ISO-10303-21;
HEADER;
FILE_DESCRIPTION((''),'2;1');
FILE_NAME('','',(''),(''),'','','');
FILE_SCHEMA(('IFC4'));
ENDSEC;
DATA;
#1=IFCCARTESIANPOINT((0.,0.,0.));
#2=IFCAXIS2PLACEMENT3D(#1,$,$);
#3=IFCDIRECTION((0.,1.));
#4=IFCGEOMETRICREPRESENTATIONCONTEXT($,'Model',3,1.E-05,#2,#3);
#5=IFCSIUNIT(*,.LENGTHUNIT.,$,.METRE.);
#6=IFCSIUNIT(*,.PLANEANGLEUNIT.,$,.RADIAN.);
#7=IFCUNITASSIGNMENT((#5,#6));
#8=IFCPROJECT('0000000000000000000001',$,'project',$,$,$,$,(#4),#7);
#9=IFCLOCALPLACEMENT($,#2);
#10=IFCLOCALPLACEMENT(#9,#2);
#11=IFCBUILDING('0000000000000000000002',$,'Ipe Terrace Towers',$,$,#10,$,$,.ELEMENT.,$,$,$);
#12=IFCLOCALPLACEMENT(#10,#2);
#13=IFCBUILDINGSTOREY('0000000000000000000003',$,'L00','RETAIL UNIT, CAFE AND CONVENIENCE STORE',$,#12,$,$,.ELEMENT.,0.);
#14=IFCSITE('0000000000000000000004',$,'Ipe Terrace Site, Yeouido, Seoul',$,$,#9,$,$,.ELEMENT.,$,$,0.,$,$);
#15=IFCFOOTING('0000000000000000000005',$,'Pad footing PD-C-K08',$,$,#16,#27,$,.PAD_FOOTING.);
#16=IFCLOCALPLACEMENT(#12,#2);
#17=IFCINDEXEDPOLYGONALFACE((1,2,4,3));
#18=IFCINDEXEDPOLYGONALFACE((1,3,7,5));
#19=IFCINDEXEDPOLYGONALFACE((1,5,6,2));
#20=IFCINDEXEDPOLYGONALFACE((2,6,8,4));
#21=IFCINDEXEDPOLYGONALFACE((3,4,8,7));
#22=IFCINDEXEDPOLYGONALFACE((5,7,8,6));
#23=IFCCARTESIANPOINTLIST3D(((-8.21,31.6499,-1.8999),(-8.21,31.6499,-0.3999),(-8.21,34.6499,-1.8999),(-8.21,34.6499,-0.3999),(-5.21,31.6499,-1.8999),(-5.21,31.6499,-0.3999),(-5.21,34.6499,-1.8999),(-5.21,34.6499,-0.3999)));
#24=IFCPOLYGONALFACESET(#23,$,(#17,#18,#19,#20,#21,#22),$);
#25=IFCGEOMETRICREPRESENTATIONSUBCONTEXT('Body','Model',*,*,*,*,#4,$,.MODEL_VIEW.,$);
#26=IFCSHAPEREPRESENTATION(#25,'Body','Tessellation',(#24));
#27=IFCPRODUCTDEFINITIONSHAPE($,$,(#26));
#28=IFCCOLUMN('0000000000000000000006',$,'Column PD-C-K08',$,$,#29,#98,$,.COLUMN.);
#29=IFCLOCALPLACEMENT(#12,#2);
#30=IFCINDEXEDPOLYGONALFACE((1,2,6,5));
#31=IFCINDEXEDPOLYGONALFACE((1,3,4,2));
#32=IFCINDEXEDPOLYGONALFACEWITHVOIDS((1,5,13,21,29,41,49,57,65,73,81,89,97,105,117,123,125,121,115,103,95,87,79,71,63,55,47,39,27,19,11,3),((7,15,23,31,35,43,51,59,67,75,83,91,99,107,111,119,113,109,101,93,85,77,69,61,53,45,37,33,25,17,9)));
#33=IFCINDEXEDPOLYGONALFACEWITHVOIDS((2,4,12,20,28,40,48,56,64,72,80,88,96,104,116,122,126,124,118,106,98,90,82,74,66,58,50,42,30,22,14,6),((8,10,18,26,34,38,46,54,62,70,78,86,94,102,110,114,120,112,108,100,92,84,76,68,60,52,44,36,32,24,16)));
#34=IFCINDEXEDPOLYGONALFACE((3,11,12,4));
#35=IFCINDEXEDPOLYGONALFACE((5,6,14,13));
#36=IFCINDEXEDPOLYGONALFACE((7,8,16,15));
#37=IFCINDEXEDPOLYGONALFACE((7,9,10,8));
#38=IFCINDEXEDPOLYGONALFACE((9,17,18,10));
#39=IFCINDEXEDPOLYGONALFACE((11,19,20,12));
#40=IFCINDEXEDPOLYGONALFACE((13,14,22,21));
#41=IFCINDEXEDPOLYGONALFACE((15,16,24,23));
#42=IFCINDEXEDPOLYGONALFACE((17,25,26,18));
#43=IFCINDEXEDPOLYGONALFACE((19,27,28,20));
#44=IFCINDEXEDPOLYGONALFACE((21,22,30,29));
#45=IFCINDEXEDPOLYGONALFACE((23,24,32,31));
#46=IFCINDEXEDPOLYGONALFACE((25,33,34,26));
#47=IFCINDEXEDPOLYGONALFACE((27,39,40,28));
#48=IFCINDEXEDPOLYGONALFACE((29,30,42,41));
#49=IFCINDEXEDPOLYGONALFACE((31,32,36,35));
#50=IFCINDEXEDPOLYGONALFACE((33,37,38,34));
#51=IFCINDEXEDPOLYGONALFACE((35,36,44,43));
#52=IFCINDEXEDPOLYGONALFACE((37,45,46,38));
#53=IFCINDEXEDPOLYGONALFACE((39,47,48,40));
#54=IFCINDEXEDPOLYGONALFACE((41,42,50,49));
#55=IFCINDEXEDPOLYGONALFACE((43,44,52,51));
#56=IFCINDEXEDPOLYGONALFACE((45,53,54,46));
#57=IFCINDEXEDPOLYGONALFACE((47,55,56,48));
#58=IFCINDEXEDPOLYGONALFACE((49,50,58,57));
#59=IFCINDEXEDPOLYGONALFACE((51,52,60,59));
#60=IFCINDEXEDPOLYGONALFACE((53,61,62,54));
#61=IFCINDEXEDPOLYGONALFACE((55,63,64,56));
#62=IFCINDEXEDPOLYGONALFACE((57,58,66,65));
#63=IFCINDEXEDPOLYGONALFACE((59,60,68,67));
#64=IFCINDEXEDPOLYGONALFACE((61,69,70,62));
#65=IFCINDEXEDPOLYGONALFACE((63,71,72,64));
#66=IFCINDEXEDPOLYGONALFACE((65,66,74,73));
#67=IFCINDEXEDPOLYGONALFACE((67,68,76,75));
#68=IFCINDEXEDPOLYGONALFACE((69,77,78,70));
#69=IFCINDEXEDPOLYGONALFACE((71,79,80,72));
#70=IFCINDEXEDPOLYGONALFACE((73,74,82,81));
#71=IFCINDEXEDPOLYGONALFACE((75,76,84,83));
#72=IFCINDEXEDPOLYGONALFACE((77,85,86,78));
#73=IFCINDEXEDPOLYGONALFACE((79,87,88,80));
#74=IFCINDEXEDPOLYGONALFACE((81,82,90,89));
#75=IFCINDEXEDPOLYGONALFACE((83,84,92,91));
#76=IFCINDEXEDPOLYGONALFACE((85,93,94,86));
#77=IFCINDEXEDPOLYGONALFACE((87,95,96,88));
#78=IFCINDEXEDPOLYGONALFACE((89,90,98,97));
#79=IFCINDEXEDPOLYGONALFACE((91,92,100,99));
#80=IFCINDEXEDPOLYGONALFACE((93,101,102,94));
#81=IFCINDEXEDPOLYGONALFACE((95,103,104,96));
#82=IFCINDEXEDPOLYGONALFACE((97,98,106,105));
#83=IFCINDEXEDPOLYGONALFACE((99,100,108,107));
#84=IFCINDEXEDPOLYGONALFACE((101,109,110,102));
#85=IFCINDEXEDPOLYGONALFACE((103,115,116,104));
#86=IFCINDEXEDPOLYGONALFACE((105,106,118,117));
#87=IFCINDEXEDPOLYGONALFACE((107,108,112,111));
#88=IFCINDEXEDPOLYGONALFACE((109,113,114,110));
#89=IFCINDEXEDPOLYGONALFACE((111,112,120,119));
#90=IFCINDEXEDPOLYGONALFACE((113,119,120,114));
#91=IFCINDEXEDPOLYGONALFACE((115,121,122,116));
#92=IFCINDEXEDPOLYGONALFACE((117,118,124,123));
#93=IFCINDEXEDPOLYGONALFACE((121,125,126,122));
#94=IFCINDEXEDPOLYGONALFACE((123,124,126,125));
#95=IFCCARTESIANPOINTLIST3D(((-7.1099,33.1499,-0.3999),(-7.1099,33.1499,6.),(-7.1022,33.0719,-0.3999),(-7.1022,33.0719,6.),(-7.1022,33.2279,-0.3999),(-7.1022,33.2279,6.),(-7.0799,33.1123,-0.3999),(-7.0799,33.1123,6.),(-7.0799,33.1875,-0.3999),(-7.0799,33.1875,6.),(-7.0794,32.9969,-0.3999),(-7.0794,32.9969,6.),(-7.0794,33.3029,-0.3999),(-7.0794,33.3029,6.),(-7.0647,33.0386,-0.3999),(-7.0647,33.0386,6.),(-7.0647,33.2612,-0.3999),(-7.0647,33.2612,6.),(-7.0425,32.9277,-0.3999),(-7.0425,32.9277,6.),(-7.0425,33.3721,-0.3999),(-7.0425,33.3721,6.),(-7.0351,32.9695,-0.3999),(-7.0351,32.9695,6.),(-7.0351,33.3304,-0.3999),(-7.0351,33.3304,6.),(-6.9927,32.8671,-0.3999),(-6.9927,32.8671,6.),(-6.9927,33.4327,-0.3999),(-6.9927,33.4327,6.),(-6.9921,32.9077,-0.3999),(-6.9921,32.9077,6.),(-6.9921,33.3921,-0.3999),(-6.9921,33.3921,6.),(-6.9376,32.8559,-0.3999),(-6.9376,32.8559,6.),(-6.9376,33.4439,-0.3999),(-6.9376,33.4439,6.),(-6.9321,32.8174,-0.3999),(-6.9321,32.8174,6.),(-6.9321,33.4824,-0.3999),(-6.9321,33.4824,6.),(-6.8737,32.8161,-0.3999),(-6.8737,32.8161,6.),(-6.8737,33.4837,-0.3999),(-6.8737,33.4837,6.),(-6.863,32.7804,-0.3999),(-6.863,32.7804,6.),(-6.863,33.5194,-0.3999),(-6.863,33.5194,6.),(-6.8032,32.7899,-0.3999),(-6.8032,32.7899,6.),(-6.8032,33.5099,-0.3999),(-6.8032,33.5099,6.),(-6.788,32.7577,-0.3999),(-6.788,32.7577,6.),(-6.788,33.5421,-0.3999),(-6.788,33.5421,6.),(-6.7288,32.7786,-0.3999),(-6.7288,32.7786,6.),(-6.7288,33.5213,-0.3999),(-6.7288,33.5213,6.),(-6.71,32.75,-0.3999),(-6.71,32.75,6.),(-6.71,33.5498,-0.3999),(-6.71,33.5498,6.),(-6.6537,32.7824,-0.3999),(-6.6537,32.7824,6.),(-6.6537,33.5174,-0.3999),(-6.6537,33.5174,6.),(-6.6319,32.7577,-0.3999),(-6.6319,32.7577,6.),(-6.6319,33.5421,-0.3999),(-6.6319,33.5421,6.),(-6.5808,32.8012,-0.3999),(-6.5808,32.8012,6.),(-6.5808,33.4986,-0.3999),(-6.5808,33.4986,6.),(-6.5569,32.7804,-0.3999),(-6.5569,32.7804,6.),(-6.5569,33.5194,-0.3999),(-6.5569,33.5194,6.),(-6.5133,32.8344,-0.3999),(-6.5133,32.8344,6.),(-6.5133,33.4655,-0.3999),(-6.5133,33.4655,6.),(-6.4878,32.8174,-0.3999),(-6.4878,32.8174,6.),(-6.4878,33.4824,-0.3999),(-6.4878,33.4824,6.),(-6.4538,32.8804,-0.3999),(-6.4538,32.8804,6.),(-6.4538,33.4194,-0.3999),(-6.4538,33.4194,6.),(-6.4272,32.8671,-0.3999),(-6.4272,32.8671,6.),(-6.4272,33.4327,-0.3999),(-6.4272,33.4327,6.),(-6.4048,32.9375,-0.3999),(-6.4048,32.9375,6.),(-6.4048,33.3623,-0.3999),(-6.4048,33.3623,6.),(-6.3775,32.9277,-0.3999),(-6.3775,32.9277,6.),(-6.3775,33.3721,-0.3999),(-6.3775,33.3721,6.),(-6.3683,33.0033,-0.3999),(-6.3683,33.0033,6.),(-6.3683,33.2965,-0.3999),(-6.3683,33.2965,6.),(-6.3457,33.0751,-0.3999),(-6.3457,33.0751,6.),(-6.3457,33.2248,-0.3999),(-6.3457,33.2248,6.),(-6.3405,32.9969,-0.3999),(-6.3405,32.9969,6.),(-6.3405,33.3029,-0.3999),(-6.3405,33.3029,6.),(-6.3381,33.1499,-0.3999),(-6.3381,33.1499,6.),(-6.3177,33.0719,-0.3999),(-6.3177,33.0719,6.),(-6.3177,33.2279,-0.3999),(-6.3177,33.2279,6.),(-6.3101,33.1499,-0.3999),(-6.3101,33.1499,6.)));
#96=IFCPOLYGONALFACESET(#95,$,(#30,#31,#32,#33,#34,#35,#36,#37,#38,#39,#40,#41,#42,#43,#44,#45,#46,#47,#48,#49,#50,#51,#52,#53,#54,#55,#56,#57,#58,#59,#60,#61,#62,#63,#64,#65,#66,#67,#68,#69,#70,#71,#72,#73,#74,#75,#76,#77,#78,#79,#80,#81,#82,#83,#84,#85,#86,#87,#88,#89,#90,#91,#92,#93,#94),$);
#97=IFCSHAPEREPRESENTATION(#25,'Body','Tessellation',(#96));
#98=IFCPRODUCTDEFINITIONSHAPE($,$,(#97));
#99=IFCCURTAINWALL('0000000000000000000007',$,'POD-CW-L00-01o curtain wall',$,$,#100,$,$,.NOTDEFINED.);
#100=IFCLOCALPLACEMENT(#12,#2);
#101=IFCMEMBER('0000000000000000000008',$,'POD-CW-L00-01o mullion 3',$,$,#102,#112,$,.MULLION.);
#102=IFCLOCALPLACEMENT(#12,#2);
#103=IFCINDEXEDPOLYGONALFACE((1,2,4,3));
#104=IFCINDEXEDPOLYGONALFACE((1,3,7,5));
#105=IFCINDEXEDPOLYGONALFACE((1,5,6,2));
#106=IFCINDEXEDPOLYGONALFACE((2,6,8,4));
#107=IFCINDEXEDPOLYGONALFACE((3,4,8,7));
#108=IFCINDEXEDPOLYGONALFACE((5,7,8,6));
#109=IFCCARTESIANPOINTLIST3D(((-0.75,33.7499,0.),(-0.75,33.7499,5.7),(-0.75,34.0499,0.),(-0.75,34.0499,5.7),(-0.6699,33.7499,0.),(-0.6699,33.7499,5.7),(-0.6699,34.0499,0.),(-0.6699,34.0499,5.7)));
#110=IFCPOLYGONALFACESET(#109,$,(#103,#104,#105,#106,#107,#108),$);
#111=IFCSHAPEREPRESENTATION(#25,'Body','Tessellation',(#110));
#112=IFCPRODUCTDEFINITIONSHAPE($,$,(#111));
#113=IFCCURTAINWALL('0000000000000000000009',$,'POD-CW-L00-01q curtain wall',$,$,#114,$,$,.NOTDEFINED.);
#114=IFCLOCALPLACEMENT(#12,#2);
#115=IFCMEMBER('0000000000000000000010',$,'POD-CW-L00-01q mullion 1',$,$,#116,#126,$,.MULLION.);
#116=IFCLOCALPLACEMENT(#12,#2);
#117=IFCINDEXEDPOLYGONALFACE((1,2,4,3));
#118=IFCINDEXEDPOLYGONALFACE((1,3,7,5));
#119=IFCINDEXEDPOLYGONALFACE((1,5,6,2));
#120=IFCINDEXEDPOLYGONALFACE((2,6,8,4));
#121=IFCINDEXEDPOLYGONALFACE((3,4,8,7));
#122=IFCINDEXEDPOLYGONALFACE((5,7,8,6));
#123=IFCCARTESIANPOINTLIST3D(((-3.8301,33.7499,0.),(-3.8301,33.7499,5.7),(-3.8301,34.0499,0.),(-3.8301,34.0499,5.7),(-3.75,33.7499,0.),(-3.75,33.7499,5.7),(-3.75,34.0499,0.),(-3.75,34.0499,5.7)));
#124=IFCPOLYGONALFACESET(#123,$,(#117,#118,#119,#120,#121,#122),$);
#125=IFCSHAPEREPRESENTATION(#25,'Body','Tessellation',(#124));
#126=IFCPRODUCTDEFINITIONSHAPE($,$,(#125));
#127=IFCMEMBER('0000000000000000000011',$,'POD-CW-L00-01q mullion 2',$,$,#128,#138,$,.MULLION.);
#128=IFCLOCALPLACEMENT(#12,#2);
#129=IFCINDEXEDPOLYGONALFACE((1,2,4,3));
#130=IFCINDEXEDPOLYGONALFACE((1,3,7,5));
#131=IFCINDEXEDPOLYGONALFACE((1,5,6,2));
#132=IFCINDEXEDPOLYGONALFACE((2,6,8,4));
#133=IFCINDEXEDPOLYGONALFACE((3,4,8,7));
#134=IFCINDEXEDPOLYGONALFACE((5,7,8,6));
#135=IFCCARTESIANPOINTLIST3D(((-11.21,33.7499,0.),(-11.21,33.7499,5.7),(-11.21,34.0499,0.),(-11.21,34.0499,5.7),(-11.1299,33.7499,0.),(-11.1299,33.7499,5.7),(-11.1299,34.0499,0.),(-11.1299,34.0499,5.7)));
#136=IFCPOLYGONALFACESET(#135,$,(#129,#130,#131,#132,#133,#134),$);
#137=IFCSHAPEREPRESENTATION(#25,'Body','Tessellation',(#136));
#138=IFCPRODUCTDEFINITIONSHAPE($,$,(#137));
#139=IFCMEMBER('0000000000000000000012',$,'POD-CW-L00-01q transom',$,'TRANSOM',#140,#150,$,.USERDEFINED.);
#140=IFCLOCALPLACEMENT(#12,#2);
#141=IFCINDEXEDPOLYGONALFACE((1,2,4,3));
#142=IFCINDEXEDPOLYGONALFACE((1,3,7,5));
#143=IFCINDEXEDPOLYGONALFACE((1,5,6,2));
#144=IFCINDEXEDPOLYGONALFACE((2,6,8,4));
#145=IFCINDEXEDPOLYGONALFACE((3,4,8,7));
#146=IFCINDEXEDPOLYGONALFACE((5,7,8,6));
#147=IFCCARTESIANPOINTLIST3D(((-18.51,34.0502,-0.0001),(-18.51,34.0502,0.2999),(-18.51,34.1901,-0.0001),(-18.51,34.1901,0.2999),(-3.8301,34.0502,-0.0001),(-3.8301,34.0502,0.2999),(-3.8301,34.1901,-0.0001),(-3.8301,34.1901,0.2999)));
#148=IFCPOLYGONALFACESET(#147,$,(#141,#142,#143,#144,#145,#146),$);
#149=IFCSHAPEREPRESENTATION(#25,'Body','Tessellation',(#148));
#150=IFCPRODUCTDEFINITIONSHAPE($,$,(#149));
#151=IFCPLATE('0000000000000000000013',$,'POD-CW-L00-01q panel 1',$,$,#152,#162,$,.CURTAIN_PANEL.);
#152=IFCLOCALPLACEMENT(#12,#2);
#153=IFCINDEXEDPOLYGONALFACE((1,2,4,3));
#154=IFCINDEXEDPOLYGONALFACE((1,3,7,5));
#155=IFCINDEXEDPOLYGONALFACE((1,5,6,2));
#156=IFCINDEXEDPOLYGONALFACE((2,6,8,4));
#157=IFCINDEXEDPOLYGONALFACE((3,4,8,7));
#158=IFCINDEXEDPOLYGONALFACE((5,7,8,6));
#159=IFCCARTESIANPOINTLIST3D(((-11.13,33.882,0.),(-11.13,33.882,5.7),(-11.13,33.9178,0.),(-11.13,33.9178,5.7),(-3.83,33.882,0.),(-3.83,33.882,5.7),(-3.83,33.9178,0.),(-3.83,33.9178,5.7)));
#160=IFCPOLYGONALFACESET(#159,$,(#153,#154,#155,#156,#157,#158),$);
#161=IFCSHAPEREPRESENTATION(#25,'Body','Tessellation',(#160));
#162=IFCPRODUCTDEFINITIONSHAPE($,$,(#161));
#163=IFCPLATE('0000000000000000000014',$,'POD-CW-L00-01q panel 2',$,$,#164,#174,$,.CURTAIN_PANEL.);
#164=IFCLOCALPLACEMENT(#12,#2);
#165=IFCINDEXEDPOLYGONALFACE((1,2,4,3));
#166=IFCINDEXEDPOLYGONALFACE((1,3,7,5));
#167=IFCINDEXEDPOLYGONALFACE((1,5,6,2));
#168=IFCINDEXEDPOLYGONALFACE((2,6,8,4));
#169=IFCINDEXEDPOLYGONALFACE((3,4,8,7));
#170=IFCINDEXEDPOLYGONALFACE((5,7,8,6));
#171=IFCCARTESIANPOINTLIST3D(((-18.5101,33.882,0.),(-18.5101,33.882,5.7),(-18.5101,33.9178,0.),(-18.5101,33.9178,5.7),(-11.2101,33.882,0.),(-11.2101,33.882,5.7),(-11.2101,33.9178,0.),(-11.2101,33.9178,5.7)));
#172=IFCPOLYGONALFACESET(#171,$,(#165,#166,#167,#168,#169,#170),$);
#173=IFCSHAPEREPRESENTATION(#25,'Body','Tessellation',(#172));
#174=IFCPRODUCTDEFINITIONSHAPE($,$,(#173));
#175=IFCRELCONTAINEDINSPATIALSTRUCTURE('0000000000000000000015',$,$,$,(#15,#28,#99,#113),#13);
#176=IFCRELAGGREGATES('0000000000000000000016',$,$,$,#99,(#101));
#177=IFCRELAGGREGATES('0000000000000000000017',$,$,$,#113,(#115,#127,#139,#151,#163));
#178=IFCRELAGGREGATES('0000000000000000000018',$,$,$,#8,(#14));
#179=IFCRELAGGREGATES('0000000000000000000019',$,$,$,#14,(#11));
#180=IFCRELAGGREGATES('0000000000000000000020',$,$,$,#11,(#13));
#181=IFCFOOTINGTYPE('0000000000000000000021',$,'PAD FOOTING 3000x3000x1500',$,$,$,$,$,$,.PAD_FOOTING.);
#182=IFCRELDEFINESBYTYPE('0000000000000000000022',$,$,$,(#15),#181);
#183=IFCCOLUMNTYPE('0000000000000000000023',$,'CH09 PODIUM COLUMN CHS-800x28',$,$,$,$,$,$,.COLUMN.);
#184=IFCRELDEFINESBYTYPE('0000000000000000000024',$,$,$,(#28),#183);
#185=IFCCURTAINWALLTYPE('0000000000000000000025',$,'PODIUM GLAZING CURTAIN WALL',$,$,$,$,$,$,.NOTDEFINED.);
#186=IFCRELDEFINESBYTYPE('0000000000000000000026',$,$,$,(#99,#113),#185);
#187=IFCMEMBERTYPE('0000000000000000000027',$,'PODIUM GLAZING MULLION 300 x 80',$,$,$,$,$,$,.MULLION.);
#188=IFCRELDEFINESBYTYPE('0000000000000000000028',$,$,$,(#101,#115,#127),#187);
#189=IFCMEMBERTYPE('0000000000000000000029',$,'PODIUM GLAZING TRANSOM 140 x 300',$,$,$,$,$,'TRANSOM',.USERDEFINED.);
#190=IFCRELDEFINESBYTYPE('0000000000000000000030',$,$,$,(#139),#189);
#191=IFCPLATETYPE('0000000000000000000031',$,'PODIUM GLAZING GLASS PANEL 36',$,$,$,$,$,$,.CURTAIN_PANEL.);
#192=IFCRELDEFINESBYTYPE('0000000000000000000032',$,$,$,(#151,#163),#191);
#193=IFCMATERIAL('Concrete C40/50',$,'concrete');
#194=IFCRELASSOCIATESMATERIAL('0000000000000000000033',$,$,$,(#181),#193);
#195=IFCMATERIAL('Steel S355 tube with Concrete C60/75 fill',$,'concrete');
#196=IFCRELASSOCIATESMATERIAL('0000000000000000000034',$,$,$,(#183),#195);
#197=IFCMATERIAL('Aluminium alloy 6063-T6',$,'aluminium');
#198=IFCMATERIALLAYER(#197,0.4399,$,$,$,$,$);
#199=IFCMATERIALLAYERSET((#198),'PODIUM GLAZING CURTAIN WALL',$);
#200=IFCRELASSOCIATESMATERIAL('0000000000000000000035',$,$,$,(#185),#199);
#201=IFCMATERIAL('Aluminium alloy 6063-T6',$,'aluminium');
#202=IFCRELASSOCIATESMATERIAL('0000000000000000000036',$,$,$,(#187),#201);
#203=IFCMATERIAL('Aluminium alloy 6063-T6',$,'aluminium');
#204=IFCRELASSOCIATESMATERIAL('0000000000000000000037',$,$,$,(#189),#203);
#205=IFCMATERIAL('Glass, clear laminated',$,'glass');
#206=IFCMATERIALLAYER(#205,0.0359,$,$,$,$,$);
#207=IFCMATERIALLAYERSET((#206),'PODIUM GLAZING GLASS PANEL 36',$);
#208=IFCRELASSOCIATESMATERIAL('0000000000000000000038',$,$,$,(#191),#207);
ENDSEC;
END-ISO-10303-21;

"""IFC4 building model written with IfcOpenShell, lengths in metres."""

from ifc_helpers import new_model, si_unit, direction, frame, origin, origin_2d, place, context, subcontext, project, spatial, rectangle, hollow_circle, extrude, material, layer, layer_set, material_profile, profile_set, type_object, element, aggregate, save


model = new_model("IFC4")

# Units and contexts
model_context = context("Model", 3, precision=1e-05, world=origin(), true_north=direction((0.0, 1.0)))
body_context = subcontext(model_context, "Body", "Model", "MODEL_VIEW")
ifc_project = project(units=[si_unit("LENGTHUNIT", "METRE"), si_unit("PLANEANGLEUNIT", "RADIAN")], contexts=[model_context])

# Site, building, storey
site_placement = place(None, origin())
site = spatial("IfcSite", under=ifc_project, at=site_placement, Name="Ipe Terrace Site, Yeouido, Seoul", CompositionType="ELEMENT", RefElevation=0.0)
building_placement = place(site_placement, origin())
building = spatial("IfcBuilding", under=site, at=building_placement, Name="Ipe Terrace Towers", CompositionType="ELEMENT")
storey_placement = place(building_placement, origin())
storey = spatial("IfcBuildingStorey", under=building, at=storey_placement, Name="L00", Description="RETAIL UNIT, CAFE AND CONVENIENCE STORE", CompositionType="ELEMENT", Elevation=0.0)

# Footing
ifc_material_1 = material(Name="Concrete C40/50", Category="concrete")
footing_type = type_object("IfcFootingType", Name="PAD FOOTING 3000x3000x1500", PredefinedType="PAD_FOOTING", material=ifc_material_1)
footing_placement = place(storey_placement, frame((-6.71, 33.1499, -1.8999), z_axis=(0.0, 0.0, 1.0), x_axis=(1.0, 0.0, 0.0)))
element("IfcFooting", 1, at=footing_placement, inside=storey, type_object=footing_type, Name="Pad footing PD-C-K08", PredefinedType="PAD_FOOTING", context=body_context, shape_type="SweptSolid", body=[
    extrude(rectangle(XDim=3.0, YDim=3.0, at=origin_2d()), origin(), (0.0, 0.0, 1.0), 1.5),
])

# Column
ifc_material_2 = material(Name="Steel S355 tube with Concrete C60/75 fill", Category="concrete")
ifc_material_profile_1 = material_profile(ifc_material_2, hollow_circle(Radius=0.3999, WallThickness=0.0281, at=origin_2d()), Name="CHS-800x28")
ifc_profile_set_1 = profile_set([ifc_material_profile_1], Name="Steel S355 tube with Concrete C60/75 fill")
column_type = type_object("IfcColumnType", Name="CH09 PODIUM COLUMN CHS-800x28", PredefinedType="COLUMN", material=ifc_profile_set_1)
column_placement = place(storey_placement, frame((-6.71, 33.1499, -0.3999), z_axis=(0.0, 0.0, 1.0), x_axis=(1.0, 0.0, 0.0)))
element("IfcColumn", 2, at=column_placement, inside=storey, type_object=column_type, Name="Column PD-C-K08", PredefinedType="COLUMN", context=body_context, shape_type="SweptSolid", body=[
    extrude(hollow_circle(Radius=0.3999, WallThickness=0.0281, at=origin_2d()), origin(), (0.0, 0.0, 1.0), 6.3999),
])

# Curtain wall, member
ifc_material_3 = material(Name="Aluminium alloy 6063-T6", Category="aluminium")
ifc_layer_1 = layer(ifc_material_3, 0.4399)
ifc_layer_set_1 = layer_set([ifc_layer_1], Name="PODIUM GLAZING CURTAIN WALL")
curtain_wall_type = type_object("IfcCurtainWallType", Name="PODIUM GLAZING CURTAIN WALL", PredefinedType="NOTDEFINED", material=ifc_layer_set_1)
curtain_wall_1_placement = place(storey_placement, origin())
curtain_wall_1 = element("IfcCurtainWall", 3, at=curtain_wall_1_placement, inside=storey, type_object=curtain_wall_type, Name="POD-CW-L00-01o curtain wall", PredefinedType="NOTDEFINED")
ifc_material_4 = material(Name="Aluminium alloy 6063-T6", Category="aluminium")
ifc_material_profile_2 = material_profile(ifc_material_4, rectangle(XDim=0.3, YDim=0.0801, at=origin_2d()), Name="PODIUM GLAZING MULLION 300 x 80")
ifc_profile_set_2 = profile_set([ifc_material_profile_2], Name="Aluminium alloy 6063-T6")
member_type_1 = type_object("IfcMemberType", Name="PODIUM GLAZING MULLION 300 x 80", PredefinedType="MULLION", material=ifc_profile_set_2)
member_1_placement = place(storey_placement, frame((-0.71, 33.8999, 0.0), z_axis=(0.0, 0.0, 1.0), x_axis=(0.0, 1.0, 0.0)))
member_1 = element("IfcMember", 4, at=member_1_placement, type_object=member_type_1, Name="POD-CW-L00-01o mullion 3", PredefinedType="MULLION", context=body_context, shape_type="SweptSolid", body=[
    extrude(rectangle(XDim=0.3, YDim=0.0801, at=origin_2d()), origin(), (0.0, 0.0, 1.0), 5.7),
])
aggregate(curtain_wall_1, [member_1])

# Curtain wall, members, plates
curtain_wall_2_placement = place(storey_placement, origin())
curtain_wall_2 = element("IfcCurtainWall", 5, at=curtain_wall_2_placement, inside=storey, type_object=curtain_wall_type, Name="POD-CW-L00-01q curtain wall", PredefinedType="NOTDEFINED")
member_2_placement = place(storey_placement, frame((-3.79, 33.8999, 0.0), z_axis=(0.0, 0.0, 1.0), x_axis=(0.0, 1.0, 0.0)))
member_2 = element("IfcMember", 6, at=member_2_placement, type_object=member_type_1, Name="POD-CW-L00-01q mullion 1", PredefinedType="MULLION", context=body_context, shape_type="SweptSolid", body=[
    extrude(rectangle(XDim=0.3, YDim=0.0801, at=origin_2d()), origin(), (0.0, 0.0, 1.0), 5.7),
])
member_3_placement = place(storey_placement, frame((-11.1699, 33.8999, 0.0), z_axis=(0.0, 0.0, 1.0), x_axis=(0.0, 1.0, 0.0)))
member_3 = element("IfcMember", 7, at=member_3_placement, type_object=member_type_1, Name="POD-CW-L00-01q mullion 2", PredefinedType="MULLION", context=body_context, shape_type="SweptSolid", body=[
    extrude(rectangle(XDim=0.3, YDim=0.0801, at=origin_2d()), origin(), (0.0, 0.0, 1.0), 5.7),
])
ifc_material_5 = material(Name="Aluminium alloy 6063-T6", Category="aluminium")
ifc_material_profile_3 = material_profile(ifc_material_5, rectangle(XDim=0.1399, YDim=0.3, at=origin_2d()), Name="PODIUM GLAZING TRANSOM 140 x 300")
ifc_profile_set_3 = profile_set([ifc_material_profile_3], Name="Aluminium alloy 6063-T6")
member_type_2 = type_object("IfcMemberType", Name="PODIUM GLAZING TRANSOM 140 x 300", ElementType="TRANSOM", PredefinedType="USERDEFINED", material=ifc_profile_set_3)
member_4_placement = place(storey_placement, frame((-3.8301, 34.1201, 0.1499), z_axis=(-1.0, 0.0, 0.0), x_axis=(0.0, 1.0, 0.0)))
member_4 = element("IfcMember", 8, at=member_4_placement, type_object=member_type_2, Name="POD-CW-L00-01q transom", ObjectType="TRANSOM", PredefinedType="USERDEFINED", context=body_context, shape_type="SweptSolid", body=[
    extrude(rectangle(XDim=0.1399, YDim=0.3, at=origin_2d()), origin(), (0.0, 0.0, 1.0), 14.6799),
])
ifc_material_6 = material(Name="Glass, clear laminated", Category="glass")
ifc_layer_2 = layer(ifc_material_6, 0.0359)
ifc_layer_set_2 = layer_set([ifc_layer_2], Name="PODIUM GLAZING GLASS PANEL 36")
plate_type = type_object("IfcPlateType", Name="PODIUM GLAZING GLASS PANEL 36", PredefinedType="CURTAIN_PANEL", material=ifc_layer_set_2)
plate_1_placement = place(storey_placement, frame((-7.48, 33.8999, 0.0), z_axis=(0.0, 0.0, 1.0), x_axis=(-1.0, 0.0, 0.0)))
plate_1 = element("IfcPlate", 9, at=plate_1_placement, type_object=plate_type, Name="POD-CW-L00-01q panel 1", PredefinedType="CURTAIN_PANEL", context=body_context, shape_type="SweptSolid", body=[
    extrude(rectangle(XDim=7.3, YDim=0.0359, at=origin_2d()), origin(), (0.0, 0.0, 1.0), 5.7),
])
plate_2_placement = place(storey_placement, frame((-14.8601, 33.8999, 0.0), z_axis=(0.0, 0.0, 1.0), x_axis=(-1.0, 0.0, 0.0)))
plate_2 = element("IfcPlate", 10, at=plate_2_placement, type_object=plate_type, Name="POD-CW-L00-01q panel 2", PredefinedType="CURTAIN_PANEL", context=body_context, shape_type="SweptSolid", body=[
    extrude(rectangle(XDim=7.3, YDim=0.0359, at=origin_2d()), origin(), (0.0, 0.0, 1.0), 5.7),
])
aggregate(curtain_wall_2, [member_2, member_3, member_4, plate_1, plate_2])

save(model, "model.ifc")
